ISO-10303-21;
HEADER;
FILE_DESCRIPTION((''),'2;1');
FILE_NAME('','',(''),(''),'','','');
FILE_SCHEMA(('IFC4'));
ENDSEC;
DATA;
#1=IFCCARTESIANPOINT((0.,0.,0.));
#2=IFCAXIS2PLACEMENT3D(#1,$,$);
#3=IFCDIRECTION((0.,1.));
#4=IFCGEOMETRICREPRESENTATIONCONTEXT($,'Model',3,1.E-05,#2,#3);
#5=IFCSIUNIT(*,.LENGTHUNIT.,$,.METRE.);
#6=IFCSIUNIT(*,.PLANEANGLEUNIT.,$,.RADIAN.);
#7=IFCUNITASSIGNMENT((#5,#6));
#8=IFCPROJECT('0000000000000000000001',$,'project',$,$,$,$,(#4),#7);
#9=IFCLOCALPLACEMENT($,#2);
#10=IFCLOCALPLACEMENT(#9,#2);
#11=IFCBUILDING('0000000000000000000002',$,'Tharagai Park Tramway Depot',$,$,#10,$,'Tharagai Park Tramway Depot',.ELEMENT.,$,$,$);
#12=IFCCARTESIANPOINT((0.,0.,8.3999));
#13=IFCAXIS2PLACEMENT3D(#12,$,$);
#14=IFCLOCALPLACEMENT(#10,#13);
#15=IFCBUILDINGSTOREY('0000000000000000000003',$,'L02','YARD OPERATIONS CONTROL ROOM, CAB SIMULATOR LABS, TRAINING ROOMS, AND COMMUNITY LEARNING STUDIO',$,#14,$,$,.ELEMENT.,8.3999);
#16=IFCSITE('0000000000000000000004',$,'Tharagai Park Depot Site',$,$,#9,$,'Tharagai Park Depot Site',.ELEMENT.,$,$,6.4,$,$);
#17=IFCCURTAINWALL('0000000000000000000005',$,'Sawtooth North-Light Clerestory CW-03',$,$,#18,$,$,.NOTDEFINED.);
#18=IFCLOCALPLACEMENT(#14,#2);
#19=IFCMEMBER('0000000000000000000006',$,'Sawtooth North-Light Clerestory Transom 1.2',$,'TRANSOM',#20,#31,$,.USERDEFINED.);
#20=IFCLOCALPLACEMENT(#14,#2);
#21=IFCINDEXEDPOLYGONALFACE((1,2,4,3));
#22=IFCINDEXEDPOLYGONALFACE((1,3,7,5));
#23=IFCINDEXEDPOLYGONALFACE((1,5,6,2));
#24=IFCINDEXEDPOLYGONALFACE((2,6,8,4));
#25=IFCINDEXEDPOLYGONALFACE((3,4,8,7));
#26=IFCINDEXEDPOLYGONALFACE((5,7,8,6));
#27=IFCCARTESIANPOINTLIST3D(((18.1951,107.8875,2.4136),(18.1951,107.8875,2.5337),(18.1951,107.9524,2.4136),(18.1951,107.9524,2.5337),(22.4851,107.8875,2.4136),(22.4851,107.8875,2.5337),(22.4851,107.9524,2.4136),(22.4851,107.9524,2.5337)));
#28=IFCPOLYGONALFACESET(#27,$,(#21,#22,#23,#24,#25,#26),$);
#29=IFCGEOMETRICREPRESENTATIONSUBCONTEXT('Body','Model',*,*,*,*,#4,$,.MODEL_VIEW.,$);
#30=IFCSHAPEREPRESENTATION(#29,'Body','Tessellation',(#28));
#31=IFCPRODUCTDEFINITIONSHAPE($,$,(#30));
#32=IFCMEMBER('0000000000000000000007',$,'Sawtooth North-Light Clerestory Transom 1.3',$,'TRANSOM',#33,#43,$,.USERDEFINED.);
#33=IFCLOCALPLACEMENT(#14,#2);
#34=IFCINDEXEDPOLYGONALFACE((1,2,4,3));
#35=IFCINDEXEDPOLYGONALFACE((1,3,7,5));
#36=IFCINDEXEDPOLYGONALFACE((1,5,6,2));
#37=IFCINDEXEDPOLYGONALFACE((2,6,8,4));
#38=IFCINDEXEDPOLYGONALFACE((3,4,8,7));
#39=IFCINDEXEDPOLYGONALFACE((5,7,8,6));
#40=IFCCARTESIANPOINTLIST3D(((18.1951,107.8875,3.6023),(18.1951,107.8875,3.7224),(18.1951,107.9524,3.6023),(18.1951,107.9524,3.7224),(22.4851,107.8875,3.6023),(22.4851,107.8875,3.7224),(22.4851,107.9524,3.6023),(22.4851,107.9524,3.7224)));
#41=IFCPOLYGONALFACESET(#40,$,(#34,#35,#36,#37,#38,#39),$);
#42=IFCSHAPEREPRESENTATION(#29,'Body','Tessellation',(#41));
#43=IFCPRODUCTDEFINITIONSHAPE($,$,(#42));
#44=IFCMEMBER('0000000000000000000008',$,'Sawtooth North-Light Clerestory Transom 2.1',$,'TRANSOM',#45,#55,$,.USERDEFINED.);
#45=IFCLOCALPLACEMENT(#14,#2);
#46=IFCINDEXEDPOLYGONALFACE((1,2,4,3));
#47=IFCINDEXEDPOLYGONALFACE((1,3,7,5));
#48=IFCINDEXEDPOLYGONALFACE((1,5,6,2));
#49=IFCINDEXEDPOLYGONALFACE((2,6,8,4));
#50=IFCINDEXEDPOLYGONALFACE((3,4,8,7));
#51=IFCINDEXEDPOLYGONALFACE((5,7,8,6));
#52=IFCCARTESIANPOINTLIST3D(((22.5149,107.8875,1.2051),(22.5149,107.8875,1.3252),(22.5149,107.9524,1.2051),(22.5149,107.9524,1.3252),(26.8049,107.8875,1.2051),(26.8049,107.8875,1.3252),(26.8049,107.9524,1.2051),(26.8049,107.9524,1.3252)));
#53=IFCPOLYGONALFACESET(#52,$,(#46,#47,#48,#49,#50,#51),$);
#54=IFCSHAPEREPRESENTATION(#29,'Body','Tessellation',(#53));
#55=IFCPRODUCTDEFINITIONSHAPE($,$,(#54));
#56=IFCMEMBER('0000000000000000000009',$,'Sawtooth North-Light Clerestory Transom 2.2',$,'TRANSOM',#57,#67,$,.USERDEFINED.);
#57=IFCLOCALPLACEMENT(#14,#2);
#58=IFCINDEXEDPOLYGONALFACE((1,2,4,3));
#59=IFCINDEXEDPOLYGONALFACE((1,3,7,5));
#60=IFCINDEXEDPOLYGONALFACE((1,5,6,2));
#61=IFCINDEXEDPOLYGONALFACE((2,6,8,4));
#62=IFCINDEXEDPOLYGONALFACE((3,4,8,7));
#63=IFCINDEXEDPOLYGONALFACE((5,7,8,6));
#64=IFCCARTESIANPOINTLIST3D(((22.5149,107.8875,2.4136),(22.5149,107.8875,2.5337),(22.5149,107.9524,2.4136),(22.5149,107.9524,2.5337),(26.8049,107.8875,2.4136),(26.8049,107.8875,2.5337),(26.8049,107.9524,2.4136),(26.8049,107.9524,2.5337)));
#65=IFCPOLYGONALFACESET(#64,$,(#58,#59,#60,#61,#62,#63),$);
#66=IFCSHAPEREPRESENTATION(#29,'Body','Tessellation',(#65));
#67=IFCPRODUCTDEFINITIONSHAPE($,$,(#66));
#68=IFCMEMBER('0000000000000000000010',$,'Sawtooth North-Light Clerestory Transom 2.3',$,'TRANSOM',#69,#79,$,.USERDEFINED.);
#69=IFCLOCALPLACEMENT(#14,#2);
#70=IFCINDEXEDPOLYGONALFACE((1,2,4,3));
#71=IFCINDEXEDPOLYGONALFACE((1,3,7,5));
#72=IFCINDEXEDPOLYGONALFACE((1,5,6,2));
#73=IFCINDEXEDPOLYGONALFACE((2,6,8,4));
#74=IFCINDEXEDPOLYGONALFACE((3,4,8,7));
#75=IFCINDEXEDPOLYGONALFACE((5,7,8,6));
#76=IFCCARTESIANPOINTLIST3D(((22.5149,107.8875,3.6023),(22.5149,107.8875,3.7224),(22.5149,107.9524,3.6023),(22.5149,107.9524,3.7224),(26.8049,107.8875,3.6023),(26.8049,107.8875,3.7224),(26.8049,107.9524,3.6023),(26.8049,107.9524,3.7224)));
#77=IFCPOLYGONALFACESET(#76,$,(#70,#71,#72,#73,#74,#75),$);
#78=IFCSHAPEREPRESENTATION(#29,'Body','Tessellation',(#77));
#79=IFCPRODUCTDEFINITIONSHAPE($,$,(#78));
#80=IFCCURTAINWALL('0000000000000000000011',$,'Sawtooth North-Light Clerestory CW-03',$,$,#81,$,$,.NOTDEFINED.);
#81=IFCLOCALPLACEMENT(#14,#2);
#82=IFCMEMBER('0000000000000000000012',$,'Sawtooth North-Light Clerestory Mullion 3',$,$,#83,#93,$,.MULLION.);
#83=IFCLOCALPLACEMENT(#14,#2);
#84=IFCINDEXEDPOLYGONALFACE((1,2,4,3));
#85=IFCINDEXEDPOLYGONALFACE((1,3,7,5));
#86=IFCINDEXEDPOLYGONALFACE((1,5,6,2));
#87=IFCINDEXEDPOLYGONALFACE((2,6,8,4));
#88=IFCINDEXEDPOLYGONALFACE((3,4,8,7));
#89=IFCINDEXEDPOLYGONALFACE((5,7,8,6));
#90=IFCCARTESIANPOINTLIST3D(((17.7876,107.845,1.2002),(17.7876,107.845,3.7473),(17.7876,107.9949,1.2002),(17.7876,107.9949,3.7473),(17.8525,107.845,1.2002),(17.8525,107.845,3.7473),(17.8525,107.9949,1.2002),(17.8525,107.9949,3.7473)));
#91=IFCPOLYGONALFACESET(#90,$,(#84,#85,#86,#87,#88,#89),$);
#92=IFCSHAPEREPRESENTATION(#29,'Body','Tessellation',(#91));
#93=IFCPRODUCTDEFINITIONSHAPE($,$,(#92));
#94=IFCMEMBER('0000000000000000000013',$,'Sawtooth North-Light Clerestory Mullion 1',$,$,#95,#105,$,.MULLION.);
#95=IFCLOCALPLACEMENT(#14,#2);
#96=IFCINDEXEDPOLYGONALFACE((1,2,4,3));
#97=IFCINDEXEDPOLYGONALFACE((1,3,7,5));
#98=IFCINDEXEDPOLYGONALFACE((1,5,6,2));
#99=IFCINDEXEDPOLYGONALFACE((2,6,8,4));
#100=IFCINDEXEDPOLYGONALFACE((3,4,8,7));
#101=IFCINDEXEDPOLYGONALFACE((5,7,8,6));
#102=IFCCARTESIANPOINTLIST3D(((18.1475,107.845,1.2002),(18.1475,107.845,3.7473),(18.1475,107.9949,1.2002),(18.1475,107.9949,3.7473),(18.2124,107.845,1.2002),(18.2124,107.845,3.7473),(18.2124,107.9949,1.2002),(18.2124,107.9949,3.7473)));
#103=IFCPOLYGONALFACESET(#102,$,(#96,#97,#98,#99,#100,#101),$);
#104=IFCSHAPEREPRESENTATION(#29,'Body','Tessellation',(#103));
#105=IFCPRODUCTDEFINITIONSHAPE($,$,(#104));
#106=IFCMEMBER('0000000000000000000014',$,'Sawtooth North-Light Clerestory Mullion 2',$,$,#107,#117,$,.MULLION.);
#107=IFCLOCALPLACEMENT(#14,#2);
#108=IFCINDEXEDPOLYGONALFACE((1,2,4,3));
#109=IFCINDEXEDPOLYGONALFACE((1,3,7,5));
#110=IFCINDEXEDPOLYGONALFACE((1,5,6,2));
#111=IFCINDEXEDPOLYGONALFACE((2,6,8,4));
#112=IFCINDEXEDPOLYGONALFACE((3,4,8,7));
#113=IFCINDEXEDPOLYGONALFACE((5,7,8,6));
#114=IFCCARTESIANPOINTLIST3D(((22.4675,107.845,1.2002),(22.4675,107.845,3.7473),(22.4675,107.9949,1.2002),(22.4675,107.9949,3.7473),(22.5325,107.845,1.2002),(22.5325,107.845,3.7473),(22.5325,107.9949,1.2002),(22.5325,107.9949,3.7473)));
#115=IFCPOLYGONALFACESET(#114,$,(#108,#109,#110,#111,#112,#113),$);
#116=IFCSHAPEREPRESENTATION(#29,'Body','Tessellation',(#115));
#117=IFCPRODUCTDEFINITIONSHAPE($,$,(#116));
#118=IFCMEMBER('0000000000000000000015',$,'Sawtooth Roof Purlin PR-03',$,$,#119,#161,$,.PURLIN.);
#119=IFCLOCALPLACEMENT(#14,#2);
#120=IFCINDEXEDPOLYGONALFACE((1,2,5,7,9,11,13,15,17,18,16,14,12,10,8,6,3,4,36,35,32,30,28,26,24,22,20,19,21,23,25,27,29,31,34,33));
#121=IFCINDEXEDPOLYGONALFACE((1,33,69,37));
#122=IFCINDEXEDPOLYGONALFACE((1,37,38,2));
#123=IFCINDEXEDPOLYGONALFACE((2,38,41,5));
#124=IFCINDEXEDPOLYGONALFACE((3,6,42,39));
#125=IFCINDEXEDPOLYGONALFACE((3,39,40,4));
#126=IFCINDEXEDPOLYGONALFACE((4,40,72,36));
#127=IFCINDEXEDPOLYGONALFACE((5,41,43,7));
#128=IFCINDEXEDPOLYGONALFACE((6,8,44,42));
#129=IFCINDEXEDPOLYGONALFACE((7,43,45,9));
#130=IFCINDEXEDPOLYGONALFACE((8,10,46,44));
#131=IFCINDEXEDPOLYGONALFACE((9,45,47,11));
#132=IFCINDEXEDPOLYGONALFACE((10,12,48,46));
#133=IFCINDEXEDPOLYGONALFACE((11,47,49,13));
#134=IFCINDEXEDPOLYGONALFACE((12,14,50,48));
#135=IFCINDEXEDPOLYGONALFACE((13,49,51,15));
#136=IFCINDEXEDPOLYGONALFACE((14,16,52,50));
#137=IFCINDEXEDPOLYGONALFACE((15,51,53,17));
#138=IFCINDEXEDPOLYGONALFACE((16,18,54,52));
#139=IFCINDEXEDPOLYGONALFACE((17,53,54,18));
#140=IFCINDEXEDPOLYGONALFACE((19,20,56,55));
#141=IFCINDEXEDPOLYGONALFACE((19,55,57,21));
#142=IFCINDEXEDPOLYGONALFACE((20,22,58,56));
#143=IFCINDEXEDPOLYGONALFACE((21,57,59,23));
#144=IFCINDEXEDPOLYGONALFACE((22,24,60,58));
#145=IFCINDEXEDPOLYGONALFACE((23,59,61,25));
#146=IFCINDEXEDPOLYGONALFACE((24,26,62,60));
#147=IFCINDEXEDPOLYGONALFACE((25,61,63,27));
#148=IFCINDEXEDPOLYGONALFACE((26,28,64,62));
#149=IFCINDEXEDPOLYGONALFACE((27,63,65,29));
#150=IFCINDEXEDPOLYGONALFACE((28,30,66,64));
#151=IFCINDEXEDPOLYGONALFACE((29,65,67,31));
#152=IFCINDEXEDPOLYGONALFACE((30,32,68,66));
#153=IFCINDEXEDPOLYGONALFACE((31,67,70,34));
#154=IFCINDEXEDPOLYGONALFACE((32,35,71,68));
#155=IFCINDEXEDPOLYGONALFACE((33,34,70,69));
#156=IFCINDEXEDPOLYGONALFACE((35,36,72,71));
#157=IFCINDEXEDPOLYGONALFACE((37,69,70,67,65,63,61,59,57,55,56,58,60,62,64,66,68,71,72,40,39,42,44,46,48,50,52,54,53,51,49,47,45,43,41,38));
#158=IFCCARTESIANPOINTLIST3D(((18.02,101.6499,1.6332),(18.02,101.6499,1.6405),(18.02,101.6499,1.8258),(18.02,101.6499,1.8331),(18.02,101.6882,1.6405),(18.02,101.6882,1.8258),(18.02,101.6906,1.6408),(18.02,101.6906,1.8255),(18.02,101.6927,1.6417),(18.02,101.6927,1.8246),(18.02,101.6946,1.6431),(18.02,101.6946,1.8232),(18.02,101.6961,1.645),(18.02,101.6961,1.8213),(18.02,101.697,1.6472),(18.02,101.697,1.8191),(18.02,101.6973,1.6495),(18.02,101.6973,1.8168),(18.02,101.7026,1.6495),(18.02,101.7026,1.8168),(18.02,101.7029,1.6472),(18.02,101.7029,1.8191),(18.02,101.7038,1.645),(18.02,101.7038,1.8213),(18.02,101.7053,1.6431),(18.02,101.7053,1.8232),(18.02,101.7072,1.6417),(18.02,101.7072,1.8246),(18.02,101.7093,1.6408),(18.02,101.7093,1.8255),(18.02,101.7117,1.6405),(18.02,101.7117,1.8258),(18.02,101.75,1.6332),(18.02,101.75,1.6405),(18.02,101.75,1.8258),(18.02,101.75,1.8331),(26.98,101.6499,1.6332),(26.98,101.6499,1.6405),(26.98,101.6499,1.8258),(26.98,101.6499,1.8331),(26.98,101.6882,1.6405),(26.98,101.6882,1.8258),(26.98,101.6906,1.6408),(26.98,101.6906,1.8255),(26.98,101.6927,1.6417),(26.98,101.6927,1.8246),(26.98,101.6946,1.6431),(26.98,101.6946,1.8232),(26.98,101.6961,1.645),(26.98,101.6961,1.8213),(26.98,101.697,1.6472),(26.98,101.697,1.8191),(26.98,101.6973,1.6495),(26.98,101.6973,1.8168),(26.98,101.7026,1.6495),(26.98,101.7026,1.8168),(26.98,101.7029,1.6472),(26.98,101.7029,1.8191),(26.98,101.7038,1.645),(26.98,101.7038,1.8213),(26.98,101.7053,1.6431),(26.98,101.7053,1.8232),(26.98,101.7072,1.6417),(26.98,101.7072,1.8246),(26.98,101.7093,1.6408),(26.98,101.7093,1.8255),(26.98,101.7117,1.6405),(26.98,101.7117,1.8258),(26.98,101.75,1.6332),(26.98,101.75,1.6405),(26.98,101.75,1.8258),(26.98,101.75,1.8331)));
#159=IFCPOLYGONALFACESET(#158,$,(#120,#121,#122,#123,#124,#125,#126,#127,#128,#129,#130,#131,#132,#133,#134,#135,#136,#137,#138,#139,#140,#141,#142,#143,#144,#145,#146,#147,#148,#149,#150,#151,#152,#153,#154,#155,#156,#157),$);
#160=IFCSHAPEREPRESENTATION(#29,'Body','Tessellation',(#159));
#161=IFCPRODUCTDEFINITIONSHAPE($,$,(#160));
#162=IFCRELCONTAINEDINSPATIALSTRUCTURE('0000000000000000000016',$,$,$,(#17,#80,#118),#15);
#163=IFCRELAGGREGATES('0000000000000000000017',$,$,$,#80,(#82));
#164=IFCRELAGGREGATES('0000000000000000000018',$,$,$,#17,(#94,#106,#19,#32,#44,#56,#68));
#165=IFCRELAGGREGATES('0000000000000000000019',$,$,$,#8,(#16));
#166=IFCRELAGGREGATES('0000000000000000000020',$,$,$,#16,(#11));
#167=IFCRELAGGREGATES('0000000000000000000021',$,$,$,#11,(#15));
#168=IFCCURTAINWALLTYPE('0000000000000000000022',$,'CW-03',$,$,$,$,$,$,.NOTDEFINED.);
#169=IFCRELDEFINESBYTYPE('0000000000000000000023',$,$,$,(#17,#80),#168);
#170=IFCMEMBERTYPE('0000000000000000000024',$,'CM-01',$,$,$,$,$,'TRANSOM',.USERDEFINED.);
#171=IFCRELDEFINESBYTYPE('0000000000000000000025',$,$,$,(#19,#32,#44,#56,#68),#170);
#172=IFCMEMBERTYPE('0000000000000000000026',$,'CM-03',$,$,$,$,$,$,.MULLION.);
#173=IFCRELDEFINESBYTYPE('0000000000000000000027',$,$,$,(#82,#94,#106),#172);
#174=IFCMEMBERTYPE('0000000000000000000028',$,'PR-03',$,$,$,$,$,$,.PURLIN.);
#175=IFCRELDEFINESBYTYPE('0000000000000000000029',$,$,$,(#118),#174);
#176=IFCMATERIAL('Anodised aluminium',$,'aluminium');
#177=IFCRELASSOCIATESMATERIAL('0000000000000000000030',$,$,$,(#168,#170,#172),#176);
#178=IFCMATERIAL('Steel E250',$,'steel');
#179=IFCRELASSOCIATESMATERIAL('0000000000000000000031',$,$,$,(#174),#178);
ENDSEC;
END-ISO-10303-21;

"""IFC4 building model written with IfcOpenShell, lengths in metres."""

from ifc_helpers import new_model, si_unit, direction, frame, origin, origin_2d, place, context, subcontext, project, spatial, rectangle, i_section, extrude, material, material_profile, profile_set, type_object, element, aggregate, save


model = new_model("IFC4")

# Units and contexts
model_context = context("Model", 3, precision=1e-05, world=origin(), true_north=direction((0.0, 1.0)))
body_context = subcontext(model_context, "Body", "Model", "MODEL_VIEW")
ifc_project = project(units=[si_unit("LENGTHUNIT", "METRE"), si_unit("PLANEANGLEUNIT", "RADIAN")], contexts=[model_context])

# Site, building, storey
site_placement = place(None, origin())
site = spatial("IfcSite", under=ifc_project, at=site_placement, Name="Tharagai Park Depot Site", LongName="Tharagai Park Depot Site", CompositionType="ELEMENT", RefElevation=6.4)
building_placement = place(site_placement, origin())
building = spatial("IfcBuilding", under=site, at=building_placement, Name="Tharagai Park Tramway Depot", LongName="Tharagai Park Tramway Depot", CompositionType="ELEMENT")
storey_placement = place(building_placement, frame((0.0, 0.0, 8.3999)))
storey = spatial("IfcBuildingStorey", under=building, at=storey_placement, Name="L02", Description="YARD OPERATIONS CONTROL ROOM, CAB SIMULATOR LABS, TRAINING ROOMS, AND COMMUNITY LEARNING STUDIO", CompositionType="ELEMENT", Elevation=8.3999)

# Shared definitions
ifc_material_1 = material(Name="Steel E250", Category="steel")

# Curtain wall, members
ifc_material_2 = material(Name="Anodised aluminium", Category="aluminium")
curtain_wall_type = type_object("IfcCurtainWallType", Name="CW-03", PredefinedType="NOTDEFINED", material=ifc_material_2)
curtain_wall_1_placement = place(storey_placement, origin())
curtain_wall_1 = element("IfcCurtainWall", 1, at=curtain_wall_1_placement, inside=storey, type_object=curtain_wall_type, Name="Sawtooth North-Light Clerestory CW-03", PredefinedType="NOTDEFINED")
ifc_material_profile_1 = material_profile(ifc_material_2, rectangle(XDim=0.0649, YDim=0.1201, at=origin_2d()), Name="ALU 65x120")
ifc_profile_set_1 = profile_set([ifc_material_profile_1], Name="Anodised aluminium")
member_type_1 = type_object("IfcMemberType", Name="CM-01", ElementType="TRANSOM", PredefinedType="USERDEFINED", material=ifc_profile_set_1)
member_1_placement = place(storey_placement, frame((18.1951, 107.9199, 2.4736), z_axis=(1.0, 0.0, 0.0), x_axis=(0.0, 1.0, 0.0)))
member_1 = element("IfcMember", 2, at=member_1_placement, type_object=member_type_1, Name="Sawtooth North-Light Clerestory Transom 1.2", ObjectType="TRANSOM", PredefinedType="USERDEFINED", context=body_context, shape_type="SweptSolid", body=[
    extrude(rectangle(XDim=0.0649, YDim=0.1201, at=origin_2d()), origin(), (0.0, 0.0, 1.0), 4.29),
])
member_2_placement = place(storey_placement, frame((18.1951, 107.9199, 3.6624), z_axis=(1.0, 0.0, 0.0), x_axis=(0.0, 1.0, 0.0)))
member_2 = element("IfcMember", 3, at=member_2_placement, type_object=member_type_1, Name="Sawtooth North-Light Clerestory Transom 1.3", ObjectType="TRANSOM", PredefinedType="USERDEFINED", context=body_context, shape_type="SweptSolid", body=[
    extrude(rectangle(XDim=0.0649, YDim=0.1201, at=origin_2d()), origin(), (0.0, 0.0, 1.0), 4.29),
])
member_3_placement = place(storey_placement, frame((22.5149, 107.9199, 1.2651), z_axis=(1.0, 0.0, 0.0), x_axis=(0.0, 1.0, 0.0)))
member_3 = element("IfcMember", 4, at=member_3_placement, type_object=member_type_1, Name="Sawtooth North-Light Clerestory Transom 2.1", ObjectType="TRANSOM", PredefinedType="USERDEFINED", context=body_context, shape_type="SweptSolid", body=[
    extrude(rectangle(XDim=0.0649, YDim=0.1201, at=origin_2d()), origin(), (0.0, 0.0, 1.0), 4.29),
])
member_4_placement = place(storey_placement, frame((22.5149, 107.9199, 2.4736), z_axis=(1.0, 0.0, 0.0), x_axis=(0.0, 1.0, 0.0)))
member_4 = element("IfcMember", 5, at=member_4_placement, type_object=member_type_1, Name="Sawtooth North-Light Clerestory Transom 2.2", ObjectType="TRANSOM", PredefinedType="USERDEFINED", context=body_context, shape_type="SweptSolid", body=[
    extrude(rectangle(XDim=0.0649, YDim=0.1201, at=origin_2d()), origin(), (0.0, 0.0, 1.0), 4.29),
])
member_5_placement = place(storey_placement, frame((22.5149, 107.9199, 3.6624), z_axis=(1.0, 0.0, 0.0), x_axis=(0.0, 1.0, 0.0)))
member_5 = element("IfcMember", 6, at=member_5_placement, type_object=member_type_1, Name="Sawtooth North-Light Clerestory Transom 2.3", ObjectType="TRANSOM", PredefinedType="USERDEFINED", context=body_context, shape_type="SweptSolid", body=[
    extrude(rectangle(XDim=0.0649, YDim=0.1201, at=origin_2d()), origin(), (0.0, 0.0, 1.0), 4.29),
])

# Curtain wall, member
curtain_wall_2_placement = place(storey_placement, origin())
curtain_wall_2 = element("IfcCurtainWall", 7, at=curtain_wall_2_placement, inside=storey, type_object=curtain_wall_type, Name="Sawtooth North-Light Clerestory CW-03", PredefinedType="NOTDEFINED")
ifc_material_profile_2 = material_profile(ifc_material_2, rectangle(XDim=0.0649, YDim=0.1499, at=origin_2d()), Name="ALU 65x150")
ifc_profile_set_2 = profile_set([ifc_material_profile_2], Name="Anodised aluminium")
member_type_2 = type_object("IfcMemberType", Name="CM-03", PredefinedType="MULLION", material=ifc_profile_set_2)
member_6_placement = place(storey_placement, frame((17.8201, 107.9199, 1.2002), z_axis=(0.0, 0.0, 1.0), x_axis=(1.0, 0.0, 0.0)))
member_6 = element("IfcMember", 8, at=member_6_placement, type_object=member_type_2, Name="Sawtooth North-Light Clerestory Mullion 3", PredefinedType="MULLION", context=body_context, shape_type="SweptSolid", body=[
    extrude(rectangle(XDim=0.0649, YDim=0.1499, at=origin_2d()), origin(), (0.0, 0.0, 1.0), 2.5471),
])

# Members
member_7_placement = place(storey_placement, frame((18.1799, 107.9199, 1.2002), z_axis=(0.0, 0.0, 1.0), x_axis=(1.0, 0.0, 0.0)))
member_7 = element("IfcMember", 9, at=member_7_placement, type_object=member_type_2, Name="Sawtooth North-Light Clerestory Mullion 1", PredefinedType="MULLION", context=body_context, shape_type="SweptSolid", body=[
    extrude(rectangle(XDim=0.0649, YDim=0.1499, at=origin_2d()), origin(), (0.0, 0.0, 1.0), 2.5471),
])
member_8_placement = place(storey_placement, frame((22.5, 107.9199, 1.2002), z_axis=(0.0, 0.0, 1.0), x_axis=(1.0, 0.0, 0.0)))
member_8 = element("IfcMember", 10, at=member_8_placement, type_object=member_type_2, Name="Sawtooth North-Light Clerestory Mullion 2", PredefinedType="MULLION", context=body_context, shape_type="SweptSolid", body=[
    extrude(rectangle(XDim=0.0649, YDim=0.1499, at=origin_2d()), origin(), (0.0, 0.0, 1.0), 2.5471),
])

# Member
ifc_material_profile_3 = material_profile(ifc_material_1, i_section(OverallWidth=0.1001, OverallDepth=0.2, WebThickness=0.0054, FlangeThickness=0.0073, FilletRadius=0.009, at=origin_2d()), Name="ISLB 200")
ifc_profile_set_3 = profile_set([ifc_material_profile_3], Name="Steel E250")
member_type_3 = type_object("IfcMemberType", Name="PR-03", PredefinedType="PURLIN", material=ifc_profile_set_3)
for number, where, z_axis, x_axis, name in (
    (11, (18.02, 101.7, 1.7332), (1.0, 0.0, 0.0), (0.0, 1.0, 0.0), "Sawtooth Roof Purlin PR-03"),
):
    element("IfcMember", number, at=place(storey_placement, frame(where, z_axis=z_axis, x_axis=x_axis)), inside=storey, type_object=member_type_3, Name=name, PredefinedType="PURLIN", context=body_context, shape_type="SweptSolid", body=[
        extrude(i_section(OverallWidth=0.1001, OverallDepth=0.2, WebThickness=0.0054, FlangeThickness=0.0073, FilletRadius=0.009, at=origin_2d()), origin(), (0.0, 0.0, 1.0), 8.96),
    ])

aggregate(curtain_wall_2, [member_6])
aggregate(curtain_wall_1, [member_7, member_8, member_1, member_2, member_3, member_4, member_5])

save(model, "model.ifc")
